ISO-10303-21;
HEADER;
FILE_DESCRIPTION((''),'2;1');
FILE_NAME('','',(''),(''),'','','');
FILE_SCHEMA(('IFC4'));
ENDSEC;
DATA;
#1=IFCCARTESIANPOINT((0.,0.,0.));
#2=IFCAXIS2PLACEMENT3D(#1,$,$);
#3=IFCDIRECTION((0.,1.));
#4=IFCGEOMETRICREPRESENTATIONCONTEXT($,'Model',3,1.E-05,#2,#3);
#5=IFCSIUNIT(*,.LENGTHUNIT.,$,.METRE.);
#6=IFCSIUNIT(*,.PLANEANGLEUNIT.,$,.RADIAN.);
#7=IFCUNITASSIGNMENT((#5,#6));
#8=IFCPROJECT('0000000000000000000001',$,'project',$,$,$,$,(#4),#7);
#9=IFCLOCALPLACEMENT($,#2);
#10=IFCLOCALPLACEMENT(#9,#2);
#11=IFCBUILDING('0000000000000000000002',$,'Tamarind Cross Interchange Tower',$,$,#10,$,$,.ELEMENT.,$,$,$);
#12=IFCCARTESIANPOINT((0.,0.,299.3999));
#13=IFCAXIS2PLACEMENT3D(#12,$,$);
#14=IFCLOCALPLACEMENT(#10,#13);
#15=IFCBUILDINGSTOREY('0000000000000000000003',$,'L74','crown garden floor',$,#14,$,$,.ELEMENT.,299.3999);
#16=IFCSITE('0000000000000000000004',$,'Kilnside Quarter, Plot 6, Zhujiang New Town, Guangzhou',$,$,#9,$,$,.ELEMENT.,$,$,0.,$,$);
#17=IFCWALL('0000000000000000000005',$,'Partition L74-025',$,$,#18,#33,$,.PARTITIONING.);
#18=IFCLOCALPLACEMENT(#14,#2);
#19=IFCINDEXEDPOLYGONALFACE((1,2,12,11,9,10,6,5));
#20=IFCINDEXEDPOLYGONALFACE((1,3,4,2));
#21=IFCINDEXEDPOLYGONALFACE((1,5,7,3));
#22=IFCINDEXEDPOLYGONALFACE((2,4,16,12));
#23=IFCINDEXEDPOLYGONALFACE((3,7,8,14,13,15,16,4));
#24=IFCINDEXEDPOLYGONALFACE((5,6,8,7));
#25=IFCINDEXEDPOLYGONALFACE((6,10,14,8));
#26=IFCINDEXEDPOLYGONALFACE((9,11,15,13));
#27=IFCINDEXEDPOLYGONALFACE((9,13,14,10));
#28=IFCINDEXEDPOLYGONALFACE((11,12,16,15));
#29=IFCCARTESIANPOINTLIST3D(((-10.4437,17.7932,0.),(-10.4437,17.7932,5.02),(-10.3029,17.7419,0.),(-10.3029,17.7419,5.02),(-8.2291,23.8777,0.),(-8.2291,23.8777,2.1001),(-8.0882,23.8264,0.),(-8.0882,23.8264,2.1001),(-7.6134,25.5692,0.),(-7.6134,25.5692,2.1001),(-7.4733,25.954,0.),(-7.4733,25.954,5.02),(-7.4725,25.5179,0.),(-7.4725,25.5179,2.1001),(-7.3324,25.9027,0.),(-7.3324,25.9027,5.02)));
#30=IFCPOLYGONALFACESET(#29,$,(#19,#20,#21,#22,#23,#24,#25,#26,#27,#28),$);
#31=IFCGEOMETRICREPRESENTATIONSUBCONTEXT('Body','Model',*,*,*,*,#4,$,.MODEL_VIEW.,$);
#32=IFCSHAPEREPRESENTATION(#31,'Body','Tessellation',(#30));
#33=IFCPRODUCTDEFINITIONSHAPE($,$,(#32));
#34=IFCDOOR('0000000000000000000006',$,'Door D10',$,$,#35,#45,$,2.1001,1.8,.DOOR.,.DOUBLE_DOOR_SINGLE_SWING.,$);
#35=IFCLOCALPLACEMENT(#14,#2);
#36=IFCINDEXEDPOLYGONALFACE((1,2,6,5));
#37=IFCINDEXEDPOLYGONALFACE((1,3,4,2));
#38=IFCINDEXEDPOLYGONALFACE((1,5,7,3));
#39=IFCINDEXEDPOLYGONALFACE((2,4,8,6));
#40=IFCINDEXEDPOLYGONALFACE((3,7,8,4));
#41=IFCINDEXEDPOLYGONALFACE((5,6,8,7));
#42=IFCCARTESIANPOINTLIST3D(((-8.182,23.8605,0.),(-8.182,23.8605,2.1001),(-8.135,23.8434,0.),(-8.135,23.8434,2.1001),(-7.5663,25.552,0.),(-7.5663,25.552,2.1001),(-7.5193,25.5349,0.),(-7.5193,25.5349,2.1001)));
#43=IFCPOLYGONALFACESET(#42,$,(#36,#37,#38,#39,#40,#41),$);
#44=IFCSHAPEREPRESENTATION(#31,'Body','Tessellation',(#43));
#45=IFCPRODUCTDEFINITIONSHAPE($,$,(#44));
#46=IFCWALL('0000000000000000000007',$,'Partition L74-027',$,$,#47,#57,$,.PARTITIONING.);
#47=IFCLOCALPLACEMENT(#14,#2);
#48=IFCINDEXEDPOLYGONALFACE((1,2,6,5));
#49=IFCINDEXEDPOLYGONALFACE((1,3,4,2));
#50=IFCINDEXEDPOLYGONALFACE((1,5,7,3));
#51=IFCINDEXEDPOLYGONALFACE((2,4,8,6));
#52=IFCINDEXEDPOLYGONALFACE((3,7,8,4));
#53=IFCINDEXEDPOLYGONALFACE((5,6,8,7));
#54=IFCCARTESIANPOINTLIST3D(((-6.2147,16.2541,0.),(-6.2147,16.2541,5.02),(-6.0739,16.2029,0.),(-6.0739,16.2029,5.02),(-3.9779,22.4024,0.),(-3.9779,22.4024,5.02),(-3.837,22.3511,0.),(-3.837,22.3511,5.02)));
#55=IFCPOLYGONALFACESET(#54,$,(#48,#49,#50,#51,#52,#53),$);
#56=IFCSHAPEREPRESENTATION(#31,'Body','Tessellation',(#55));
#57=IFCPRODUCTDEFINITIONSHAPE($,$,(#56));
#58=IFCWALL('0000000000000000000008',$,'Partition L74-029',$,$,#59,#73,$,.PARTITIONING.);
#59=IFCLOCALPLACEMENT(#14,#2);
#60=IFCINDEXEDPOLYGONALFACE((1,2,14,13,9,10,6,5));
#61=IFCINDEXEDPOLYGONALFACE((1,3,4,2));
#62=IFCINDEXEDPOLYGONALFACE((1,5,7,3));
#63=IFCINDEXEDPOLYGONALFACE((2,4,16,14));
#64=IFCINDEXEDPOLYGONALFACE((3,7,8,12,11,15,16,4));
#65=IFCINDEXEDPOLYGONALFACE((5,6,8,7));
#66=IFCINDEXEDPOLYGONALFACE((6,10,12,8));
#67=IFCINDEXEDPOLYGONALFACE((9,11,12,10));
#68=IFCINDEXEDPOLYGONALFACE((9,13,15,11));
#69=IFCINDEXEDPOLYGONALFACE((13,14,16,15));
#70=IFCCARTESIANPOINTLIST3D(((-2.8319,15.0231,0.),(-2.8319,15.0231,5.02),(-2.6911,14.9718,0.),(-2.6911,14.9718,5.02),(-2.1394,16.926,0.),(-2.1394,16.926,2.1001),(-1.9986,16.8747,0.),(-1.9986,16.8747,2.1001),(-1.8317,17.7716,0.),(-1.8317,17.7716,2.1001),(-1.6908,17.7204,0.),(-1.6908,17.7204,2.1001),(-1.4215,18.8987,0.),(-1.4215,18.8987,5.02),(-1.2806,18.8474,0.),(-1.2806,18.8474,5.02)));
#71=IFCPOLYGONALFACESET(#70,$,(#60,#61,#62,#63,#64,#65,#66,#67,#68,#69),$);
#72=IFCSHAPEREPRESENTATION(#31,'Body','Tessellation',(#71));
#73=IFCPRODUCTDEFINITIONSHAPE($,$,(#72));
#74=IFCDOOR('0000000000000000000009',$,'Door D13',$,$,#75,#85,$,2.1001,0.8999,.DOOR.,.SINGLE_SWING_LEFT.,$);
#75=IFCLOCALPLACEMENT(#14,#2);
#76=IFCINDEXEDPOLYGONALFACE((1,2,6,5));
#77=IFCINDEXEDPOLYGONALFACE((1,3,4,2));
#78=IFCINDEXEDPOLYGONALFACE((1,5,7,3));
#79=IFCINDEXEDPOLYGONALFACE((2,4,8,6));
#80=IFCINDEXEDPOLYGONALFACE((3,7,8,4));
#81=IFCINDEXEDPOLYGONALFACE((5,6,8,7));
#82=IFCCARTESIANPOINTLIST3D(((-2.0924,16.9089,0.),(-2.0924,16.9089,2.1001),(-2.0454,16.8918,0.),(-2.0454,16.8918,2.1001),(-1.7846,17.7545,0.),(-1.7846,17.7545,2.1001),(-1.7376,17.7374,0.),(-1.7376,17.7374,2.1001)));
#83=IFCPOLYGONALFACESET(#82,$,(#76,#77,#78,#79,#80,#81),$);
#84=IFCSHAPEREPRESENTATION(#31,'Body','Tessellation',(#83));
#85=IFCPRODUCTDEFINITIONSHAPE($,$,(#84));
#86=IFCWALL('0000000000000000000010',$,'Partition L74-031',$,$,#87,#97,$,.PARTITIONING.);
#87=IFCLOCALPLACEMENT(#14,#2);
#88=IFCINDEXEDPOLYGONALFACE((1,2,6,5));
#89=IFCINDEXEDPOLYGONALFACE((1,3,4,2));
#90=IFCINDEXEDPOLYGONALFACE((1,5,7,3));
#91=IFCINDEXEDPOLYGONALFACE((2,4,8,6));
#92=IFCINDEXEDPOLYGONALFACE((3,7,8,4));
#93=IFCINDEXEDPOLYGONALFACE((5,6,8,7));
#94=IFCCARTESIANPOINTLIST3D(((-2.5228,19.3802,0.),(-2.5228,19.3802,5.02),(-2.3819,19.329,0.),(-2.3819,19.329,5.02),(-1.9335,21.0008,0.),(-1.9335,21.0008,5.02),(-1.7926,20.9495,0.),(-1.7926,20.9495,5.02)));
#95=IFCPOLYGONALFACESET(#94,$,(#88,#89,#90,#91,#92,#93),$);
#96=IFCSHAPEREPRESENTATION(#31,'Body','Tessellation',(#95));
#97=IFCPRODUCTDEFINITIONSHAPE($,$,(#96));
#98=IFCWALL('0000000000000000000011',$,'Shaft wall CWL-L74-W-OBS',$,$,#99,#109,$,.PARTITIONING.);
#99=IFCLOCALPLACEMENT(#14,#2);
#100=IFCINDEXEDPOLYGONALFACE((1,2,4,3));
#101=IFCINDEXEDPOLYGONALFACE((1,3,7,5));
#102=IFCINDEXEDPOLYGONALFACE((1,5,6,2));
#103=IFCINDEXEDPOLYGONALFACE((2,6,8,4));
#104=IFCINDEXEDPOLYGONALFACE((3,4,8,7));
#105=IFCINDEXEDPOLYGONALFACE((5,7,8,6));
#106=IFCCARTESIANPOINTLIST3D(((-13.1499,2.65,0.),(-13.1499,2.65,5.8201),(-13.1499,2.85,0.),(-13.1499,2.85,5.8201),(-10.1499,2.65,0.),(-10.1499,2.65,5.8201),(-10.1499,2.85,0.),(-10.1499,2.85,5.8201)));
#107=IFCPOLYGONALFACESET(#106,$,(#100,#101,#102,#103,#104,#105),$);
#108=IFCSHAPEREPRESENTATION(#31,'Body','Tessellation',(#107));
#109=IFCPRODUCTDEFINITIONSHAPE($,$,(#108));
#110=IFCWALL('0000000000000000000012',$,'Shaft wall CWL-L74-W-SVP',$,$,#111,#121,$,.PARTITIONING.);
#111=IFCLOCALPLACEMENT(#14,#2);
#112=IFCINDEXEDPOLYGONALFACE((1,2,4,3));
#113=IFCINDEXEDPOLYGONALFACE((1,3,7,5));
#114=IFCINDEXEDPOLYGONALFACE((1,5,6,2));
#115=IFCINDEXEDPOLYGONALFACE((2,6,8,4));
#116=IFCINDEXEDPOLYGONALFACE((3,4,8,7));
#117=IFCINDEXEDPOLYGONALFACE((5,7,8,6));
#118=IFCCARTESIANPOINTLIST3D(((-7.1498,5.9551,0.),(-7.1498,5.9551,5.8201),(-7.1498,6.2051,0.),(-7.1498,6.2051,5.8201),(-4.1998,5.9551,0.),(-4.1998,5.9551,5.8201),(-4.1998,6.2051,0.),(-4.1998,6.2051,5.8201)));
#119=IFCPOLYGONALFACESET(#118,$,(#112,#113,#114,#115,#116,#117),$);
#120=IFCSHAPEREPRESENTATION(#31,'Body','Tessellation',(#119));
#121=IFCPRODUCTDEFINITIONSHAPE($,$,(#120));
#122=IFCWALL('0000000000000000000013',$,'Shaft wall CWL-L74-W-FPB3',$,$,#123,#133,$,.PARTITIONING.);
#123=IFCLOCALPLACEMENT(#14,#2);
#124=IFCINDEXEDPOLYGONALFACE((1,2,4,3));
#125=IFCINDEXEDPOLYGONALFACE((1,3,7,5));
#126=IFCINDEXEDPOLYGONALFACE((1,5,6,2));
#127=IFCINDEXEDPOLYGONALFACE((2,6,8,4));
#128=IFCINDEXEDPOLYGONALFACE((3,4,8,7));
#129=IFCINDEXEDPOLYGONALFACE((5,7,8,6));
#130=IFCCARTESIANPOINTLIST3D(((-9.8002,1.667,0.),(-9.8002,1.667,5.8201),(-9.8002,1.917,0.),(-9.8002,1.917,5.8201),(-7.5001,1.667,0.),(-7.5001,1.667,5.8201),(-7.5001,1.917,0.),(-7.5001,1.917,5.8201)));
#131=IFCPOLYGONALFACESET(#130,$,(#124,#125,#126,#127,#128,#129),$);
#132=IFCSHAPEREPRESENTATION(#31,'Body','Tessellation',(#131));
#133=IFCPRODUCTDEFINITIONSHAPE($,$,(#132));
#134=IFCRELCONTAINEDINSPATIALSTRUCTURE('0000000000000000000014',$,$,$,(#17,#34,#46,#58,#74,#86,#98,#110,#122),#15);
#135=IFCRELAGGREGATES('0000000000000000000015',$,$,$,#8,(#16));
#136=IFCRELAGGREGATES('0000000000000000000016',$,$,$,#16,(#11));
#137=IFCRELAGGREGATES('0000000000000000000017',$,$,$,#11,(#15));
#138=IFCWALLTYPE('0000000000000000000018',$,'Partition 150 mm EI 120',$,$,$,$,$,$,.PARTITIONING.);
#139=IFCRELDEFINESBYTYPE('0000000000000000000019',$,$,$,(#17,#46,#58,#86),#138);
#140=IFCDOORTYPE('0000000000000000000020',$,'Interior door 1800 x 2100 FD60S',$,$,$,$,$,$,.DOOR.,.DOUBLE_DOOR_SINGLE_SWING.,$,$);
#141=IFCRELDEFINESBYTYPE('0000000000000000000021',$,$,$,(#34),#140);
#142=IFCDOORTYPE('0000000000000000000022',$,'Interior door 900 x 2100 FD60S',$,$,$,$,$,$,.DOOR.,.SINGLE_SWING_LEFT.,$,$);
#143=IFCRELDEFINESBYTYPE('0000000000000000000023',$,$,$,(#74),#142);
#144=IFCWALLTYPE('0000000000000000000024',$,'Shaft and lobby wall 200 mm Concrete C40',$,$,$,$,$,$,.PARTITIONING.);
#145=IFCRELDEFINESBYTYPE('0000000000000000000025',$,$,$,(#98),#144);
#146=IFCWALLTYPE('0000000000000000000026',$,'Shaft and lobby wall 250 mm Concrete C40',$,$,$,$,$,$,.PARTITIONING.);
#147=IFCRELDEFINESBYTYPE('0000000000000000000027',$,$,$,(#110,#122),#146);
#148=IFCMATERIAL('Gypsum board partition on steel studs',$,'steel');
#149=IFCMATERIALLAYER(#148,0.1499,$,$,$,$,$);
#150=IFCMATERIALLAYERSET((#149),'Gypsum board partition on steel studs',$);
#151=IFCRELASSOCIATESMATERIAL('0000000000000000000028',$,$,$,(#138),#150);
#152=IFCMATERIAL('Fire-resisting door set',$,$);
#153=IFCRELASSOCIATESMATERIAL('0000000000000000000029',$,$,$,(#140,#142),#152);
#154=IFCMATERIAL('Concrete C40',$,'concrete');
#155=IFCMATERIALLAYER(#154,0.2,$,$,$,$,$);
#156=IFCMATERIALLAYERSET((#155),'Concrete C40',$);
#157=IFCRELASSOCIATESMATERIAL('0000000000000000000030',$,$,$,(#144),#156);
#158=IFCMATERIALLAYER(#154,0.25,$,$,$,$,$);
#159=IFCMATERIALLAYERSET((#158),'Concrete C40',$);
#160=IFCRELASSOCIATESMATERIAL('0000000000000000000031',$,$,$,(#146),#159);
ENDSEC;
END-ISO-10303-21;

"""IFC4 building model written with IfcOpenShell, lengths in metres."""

from ifc_helpers import new_model, si_unit, direction, frame, frame_2d, origin, place, context, subcontext, project, spatial, rectangle, extrude, material, layer, layer_set, type_object, element, fill, save


model = new_model("IFC4")

# Units and contexts
model_context = context("Model", 3, precision=1e-05, world=origin(), true_north=direction((0.0, 1.0)))
body_context = subcontext(model_context, "Body", "Model", "MODEL_VIEW")
ifc_project = project(units=[si_unit("LENGTHUNIT", "METRE"), si_unit("PLANEANGLEUNIT", "RADIAN")], contexts=[model_context])

# Site, building, storey
site_placement = place(None, origin())
site = spatial("IfcSite", under=ifc_project, at=site_placement, Name="Kilnside Quarter, Plot 6, Zhujiang New Town, Guangzhou", CompositionType="ELEMENT", RefElevation=0.0)
building_placement = place(site_placement, origin())
building = spatial("IfcBuilding", under=site, at=building_placement, Name="Tamarind Cross Interchange Tower", CompositionType="ELEMENT")
storey_placement = place(building_placement, frame((0.0, 0.0, 299.3999)))
storey = spatial("IfcBuildingStorey", under=building, at=storey_placement, Name="L74", Description="crown garden floor", CompositionType="ELEMENT", Elevation=299.3999)

# Shared definitions
ifc_material_1 = material(Name="Gypsum board partition on steel studs", Category="steel")
ifc_layer_1 = layer(ifc_material_1, 0.1499)
ifc_layer_set_1 = layer_set([ifc_layer_1], Name="Gypsum board partition on steel studs")
wall_type_1 = type_object("IfcWallType", Name="Partition 150 mm EI 120", PredefinedType="PARTITIONING", material=ifc_layer_set_1)

# Wall, opening, door
wall_1_placement = place(storey_placement, frame((-10.3733, 17.7676, 0.0), z_axis=(0.0, 0.0, 1.0), x_axis=(0.342034, 0.939687, 0.0)))
wall_1 = element("IfcWall", 1, at=wall_1_placement, inside=storey, type_object=wall_type_1, Name="Partition L74-025", PredefinedType="PARTITIONING", context=body_context, shape_type="SweptSolid", body=[
    extrude(rectangle(XDim=8.6846, YDim=0.1499, at=frame_2d((4.3423, 0.0))), origin(), (0.0, 0.0, 1.0), 5.02),
])
opening_1_placement = place(wall_1_placement, frame((6.4751, 0.0, 0.0)))
opening_1 = element("IfcOpeningElement", 2, at=opening_1_placement, cuts=wall_1, PredefinedType="OPENING", context=body_context, shape_type="SweptSolid", body=[
    extrude(rectangle(XDim=1.8, YDim=2.1001, at=frame_2d((0.8999, 1.05))), frame((0.0, 0.085, 0.0), z_axis=(0.0, -1.0, 0.0), x_axis=(1.0, 0.0, 0.0)), (0.0, 0.0, 1.0), 0.1699),
])
ifc_material_2 = material(Name="Fire-resisting door set")
door_type_1 = type_object("IfcDoorType", Name="Interior door 1800 x 2100 FD60S", OperationType="DOUBLE_DOOR_SINGLE_SWING", PredefinedType="DOOR", material=ifc_material_2)
door_1_placement = place(opening_1_placement, origin())
door_1 = element("IfcDoor", 3, at=door_1_placement, inside=storey, type_object=door_type_1, Name="Door D10", OperationType="DOUBLE_DOOR_SINGLE_SWING", OverallHeight=2.1001, OverallWidth=1.8, PredefinedType="DOOR", context=body_context, shape_type="SweptSolid", body=[
    extrude(rectangle(XDim=1.8, YDim=2.1001, at=frame_2d((0.8999, 1.05))), frame((0.0, 0.0249, 0.0), z_axis=(0.0, -1.0, 0.0), x_axis=(1.0, 0.0, 0.0)), (0.0, 0.0, 1.0), 0.05),
])
fill(opening_1, door_1)

# Wall
wall_2_placement = place(storey_placement, frame((-6.1443, 16.2285, 0.0), z_axis=(0.0, 0.0, 1.0), x_axis=(0.341893, 0.939739, 0.0)))
element("IfcWall", 4, at=wall_2_placement, inside=storey, type_object=wall_type_1, Name="Partition L74-027", PredefinedType="PARTITIONING", context=body_context, shape_type="SweptSolid", body=[
    extrude(rectangle(XDim=6.5425, YDim=0.1499, at=frame_2d((3.2712, 0.0))), origin(), (0.0, 0.0, 1.0), 5.02),
])

# Wall, opening, door
wall_3_placement = place(storey_placement, frame((-2.7615, 14.9976, 0.0), z_axis=(0.0, 0.0, 1.0), x_axis=(0.341985, 0.939705, 0.0)))
wall_3 = element("IfcWall", 5, at=wall_3_placement, inside=storey, type_object=wall_type_1, Name="Partition L74-029", PredefinedType="PARTITIONING", context=body_context, shape_type="SweptSolid", body=[
    extrude(rectangle(XDim=4.1243, YDim=0.1499, at=frame_2d((2.062, 0.0))), origin(), (0.0, 0.0, 1.0), 5.02),
])
opening_2_placement = place(wall_3_placement, frame((2.0249, 0.0, 0.0)))
opening_2 = element("IfcOpeningElement", 6, at=opening_2_placement, cuts=wall_3, PredefinedType="OPENING", context=body_context, shape_type="SweptSolid", body=[
    extrude(rectangle(XDim=0.8999, YDim=2.1001, at=frame_2d((0.45, 1.05))), frame((0.0, 0.085, 0.0), z_axis=(0.0, -1.0, 0.0), x_axis=(1.0, 0.0, 0.0)), (0.0, 0.0, 1.0), 0.1699),
])
door_type_2 = type_object("IfcDoorType", Name="Interior door 900 x 2100 FD60S", OperationType="SINGLE_SWING_LEFT", PredefinedType="DOOR", material=ifc_material_2)
door_2_placement = place(opening_2_placement, origin())
door_2 = element("IfcDoor", 7, at=door_2_placement, inside=storey, type_object=door_type_2, Name="Door D13", OperationType="SINGLE_SWING_LEFT", OverallHeight=2.1001, OverallWidth=0.8999, PredefinedType="DOOR", context=body_context, shape_type="SweptSolid", body=[
    extrude(rectangle(XDim=0.8999, YDim=2.1001, at=frame_2d((0.45, 1.05))), frame((0.0, 0.0249, 0.0), z_axis=(0.0, -1.0, 0.0), x_axis=(1.0, 0.0, 0.0)), (0.0, 0.0, 1.0), 0.05),
])
fill(opening_2, door_2)

# Walls
wall_4_placement = place(storey_placement, frame((-2.4524, 19.3545, 0.0), z_axis=(0.0, 0.0, 1.0), x_axis=(0.341766, 0.939785, 0.0)))
element("IfcWall", 8, at=wall_4_placement, inside=storey, type_object=wall_type_1, Name="Partition L74-031", PredefinedType="PARTITIONING", context=body_context, shape_type="SweptSolid", body=[
    extrude(rectangle(XDim=1.7244, YDim=0.1499, at=frame_2d((0.8623, 0.0))), origin(), (0.0, 0.0, 1.0), 5.02),
])
ifc_material_3 = material(Name="Concrete C40", Category="concrete")
ifc_layer_2 = layer(ifc_material_3, 0.2)
ifc_layer_set_2 = layer_set([ifc_layer_2], Name="Concrete C40")
wall_type_2 = type_object("IfcWallType", Name="Shaft and lobby wall 200 mm Concrete C40", PredefinedType="PARTITIONING", material=ifc_layer_set_2)
wall_5_placement = place(storey_placement, frame((-13.1499, 2.75, 0.0), z_axis=(0.0, 0.0, 1.0), x_axis=(1.0, 0.0, 0.0)))
element("IfcWall", 9, at=wall_5_placement, inside=storey, type_object=wall_type_2, Name="Shaft wall CWL-L74-W-OBS", PredefinedType="PARTITIONING", context=body_context, shape_type="SweptSolid", body=[
    extrude(rectangle(XDim=3.0, YDim=0.2, at=frame_2d((1.5, 0.0))), origin(), (0.0, 0.0, 1.0), 5.8201),
])
ifc_layer_3 = layer(ifc_material_3, 0.25)
ifc_layer_set_3 = layer_set([ifc_layer_3], Name="Concrete C40")
wall_type_3 = type_object("IfcWallType", Name="Shaft and lobby wall 250 mm Concrete C40", PredefinedType="PARTITIONING", material=ifc_layer_set_3)
wall_6_placement = place(storey_placement, frame((-7.1499, 6.0801, 0.0), z_axis=(0.0, 0.0, 1.0), x_axis=(1.0, 0.0, 0.0)))
element("IfcWall", 10, at=wall_6_placement, inside=storey, type_object=wall_type_3, Name="Shaft wall CWL-L74-W-SVP", PredefinedType="PARTITIONING", context=body_context, shape_type="SweptSolid", body=[
    extrude(rectangle(XDim=2.95, YDim=0.25, at=frame_2d((1.4751, 0.0))), origin(), (0.0, 0.0, 1.0), 5.8201),
])
wall_7_placement = place(storey_placement, frame((-9.8, 1.792, 0.0), z_axis=(0.0, 0.0, 1.0), x_axis=(1.0, 0.0, 0.0)))
element("IfcWall", 11, at=wall_7_placement, inside=storey, type_object=wall_type_3, Name="Shaft wall CWL-L74-W-FPB3", PredefinedType="PARTITIONING", context=body_context, shape_type="SweptSolid", body=[
    extrude(rectangle(XDim=2.3, YDim=0.25, at=frame_2d((1.1499, 0.0))), origin(), (0.0, 0.0, 1.0), 5.8201),
])

save(model, "model.ifc")
